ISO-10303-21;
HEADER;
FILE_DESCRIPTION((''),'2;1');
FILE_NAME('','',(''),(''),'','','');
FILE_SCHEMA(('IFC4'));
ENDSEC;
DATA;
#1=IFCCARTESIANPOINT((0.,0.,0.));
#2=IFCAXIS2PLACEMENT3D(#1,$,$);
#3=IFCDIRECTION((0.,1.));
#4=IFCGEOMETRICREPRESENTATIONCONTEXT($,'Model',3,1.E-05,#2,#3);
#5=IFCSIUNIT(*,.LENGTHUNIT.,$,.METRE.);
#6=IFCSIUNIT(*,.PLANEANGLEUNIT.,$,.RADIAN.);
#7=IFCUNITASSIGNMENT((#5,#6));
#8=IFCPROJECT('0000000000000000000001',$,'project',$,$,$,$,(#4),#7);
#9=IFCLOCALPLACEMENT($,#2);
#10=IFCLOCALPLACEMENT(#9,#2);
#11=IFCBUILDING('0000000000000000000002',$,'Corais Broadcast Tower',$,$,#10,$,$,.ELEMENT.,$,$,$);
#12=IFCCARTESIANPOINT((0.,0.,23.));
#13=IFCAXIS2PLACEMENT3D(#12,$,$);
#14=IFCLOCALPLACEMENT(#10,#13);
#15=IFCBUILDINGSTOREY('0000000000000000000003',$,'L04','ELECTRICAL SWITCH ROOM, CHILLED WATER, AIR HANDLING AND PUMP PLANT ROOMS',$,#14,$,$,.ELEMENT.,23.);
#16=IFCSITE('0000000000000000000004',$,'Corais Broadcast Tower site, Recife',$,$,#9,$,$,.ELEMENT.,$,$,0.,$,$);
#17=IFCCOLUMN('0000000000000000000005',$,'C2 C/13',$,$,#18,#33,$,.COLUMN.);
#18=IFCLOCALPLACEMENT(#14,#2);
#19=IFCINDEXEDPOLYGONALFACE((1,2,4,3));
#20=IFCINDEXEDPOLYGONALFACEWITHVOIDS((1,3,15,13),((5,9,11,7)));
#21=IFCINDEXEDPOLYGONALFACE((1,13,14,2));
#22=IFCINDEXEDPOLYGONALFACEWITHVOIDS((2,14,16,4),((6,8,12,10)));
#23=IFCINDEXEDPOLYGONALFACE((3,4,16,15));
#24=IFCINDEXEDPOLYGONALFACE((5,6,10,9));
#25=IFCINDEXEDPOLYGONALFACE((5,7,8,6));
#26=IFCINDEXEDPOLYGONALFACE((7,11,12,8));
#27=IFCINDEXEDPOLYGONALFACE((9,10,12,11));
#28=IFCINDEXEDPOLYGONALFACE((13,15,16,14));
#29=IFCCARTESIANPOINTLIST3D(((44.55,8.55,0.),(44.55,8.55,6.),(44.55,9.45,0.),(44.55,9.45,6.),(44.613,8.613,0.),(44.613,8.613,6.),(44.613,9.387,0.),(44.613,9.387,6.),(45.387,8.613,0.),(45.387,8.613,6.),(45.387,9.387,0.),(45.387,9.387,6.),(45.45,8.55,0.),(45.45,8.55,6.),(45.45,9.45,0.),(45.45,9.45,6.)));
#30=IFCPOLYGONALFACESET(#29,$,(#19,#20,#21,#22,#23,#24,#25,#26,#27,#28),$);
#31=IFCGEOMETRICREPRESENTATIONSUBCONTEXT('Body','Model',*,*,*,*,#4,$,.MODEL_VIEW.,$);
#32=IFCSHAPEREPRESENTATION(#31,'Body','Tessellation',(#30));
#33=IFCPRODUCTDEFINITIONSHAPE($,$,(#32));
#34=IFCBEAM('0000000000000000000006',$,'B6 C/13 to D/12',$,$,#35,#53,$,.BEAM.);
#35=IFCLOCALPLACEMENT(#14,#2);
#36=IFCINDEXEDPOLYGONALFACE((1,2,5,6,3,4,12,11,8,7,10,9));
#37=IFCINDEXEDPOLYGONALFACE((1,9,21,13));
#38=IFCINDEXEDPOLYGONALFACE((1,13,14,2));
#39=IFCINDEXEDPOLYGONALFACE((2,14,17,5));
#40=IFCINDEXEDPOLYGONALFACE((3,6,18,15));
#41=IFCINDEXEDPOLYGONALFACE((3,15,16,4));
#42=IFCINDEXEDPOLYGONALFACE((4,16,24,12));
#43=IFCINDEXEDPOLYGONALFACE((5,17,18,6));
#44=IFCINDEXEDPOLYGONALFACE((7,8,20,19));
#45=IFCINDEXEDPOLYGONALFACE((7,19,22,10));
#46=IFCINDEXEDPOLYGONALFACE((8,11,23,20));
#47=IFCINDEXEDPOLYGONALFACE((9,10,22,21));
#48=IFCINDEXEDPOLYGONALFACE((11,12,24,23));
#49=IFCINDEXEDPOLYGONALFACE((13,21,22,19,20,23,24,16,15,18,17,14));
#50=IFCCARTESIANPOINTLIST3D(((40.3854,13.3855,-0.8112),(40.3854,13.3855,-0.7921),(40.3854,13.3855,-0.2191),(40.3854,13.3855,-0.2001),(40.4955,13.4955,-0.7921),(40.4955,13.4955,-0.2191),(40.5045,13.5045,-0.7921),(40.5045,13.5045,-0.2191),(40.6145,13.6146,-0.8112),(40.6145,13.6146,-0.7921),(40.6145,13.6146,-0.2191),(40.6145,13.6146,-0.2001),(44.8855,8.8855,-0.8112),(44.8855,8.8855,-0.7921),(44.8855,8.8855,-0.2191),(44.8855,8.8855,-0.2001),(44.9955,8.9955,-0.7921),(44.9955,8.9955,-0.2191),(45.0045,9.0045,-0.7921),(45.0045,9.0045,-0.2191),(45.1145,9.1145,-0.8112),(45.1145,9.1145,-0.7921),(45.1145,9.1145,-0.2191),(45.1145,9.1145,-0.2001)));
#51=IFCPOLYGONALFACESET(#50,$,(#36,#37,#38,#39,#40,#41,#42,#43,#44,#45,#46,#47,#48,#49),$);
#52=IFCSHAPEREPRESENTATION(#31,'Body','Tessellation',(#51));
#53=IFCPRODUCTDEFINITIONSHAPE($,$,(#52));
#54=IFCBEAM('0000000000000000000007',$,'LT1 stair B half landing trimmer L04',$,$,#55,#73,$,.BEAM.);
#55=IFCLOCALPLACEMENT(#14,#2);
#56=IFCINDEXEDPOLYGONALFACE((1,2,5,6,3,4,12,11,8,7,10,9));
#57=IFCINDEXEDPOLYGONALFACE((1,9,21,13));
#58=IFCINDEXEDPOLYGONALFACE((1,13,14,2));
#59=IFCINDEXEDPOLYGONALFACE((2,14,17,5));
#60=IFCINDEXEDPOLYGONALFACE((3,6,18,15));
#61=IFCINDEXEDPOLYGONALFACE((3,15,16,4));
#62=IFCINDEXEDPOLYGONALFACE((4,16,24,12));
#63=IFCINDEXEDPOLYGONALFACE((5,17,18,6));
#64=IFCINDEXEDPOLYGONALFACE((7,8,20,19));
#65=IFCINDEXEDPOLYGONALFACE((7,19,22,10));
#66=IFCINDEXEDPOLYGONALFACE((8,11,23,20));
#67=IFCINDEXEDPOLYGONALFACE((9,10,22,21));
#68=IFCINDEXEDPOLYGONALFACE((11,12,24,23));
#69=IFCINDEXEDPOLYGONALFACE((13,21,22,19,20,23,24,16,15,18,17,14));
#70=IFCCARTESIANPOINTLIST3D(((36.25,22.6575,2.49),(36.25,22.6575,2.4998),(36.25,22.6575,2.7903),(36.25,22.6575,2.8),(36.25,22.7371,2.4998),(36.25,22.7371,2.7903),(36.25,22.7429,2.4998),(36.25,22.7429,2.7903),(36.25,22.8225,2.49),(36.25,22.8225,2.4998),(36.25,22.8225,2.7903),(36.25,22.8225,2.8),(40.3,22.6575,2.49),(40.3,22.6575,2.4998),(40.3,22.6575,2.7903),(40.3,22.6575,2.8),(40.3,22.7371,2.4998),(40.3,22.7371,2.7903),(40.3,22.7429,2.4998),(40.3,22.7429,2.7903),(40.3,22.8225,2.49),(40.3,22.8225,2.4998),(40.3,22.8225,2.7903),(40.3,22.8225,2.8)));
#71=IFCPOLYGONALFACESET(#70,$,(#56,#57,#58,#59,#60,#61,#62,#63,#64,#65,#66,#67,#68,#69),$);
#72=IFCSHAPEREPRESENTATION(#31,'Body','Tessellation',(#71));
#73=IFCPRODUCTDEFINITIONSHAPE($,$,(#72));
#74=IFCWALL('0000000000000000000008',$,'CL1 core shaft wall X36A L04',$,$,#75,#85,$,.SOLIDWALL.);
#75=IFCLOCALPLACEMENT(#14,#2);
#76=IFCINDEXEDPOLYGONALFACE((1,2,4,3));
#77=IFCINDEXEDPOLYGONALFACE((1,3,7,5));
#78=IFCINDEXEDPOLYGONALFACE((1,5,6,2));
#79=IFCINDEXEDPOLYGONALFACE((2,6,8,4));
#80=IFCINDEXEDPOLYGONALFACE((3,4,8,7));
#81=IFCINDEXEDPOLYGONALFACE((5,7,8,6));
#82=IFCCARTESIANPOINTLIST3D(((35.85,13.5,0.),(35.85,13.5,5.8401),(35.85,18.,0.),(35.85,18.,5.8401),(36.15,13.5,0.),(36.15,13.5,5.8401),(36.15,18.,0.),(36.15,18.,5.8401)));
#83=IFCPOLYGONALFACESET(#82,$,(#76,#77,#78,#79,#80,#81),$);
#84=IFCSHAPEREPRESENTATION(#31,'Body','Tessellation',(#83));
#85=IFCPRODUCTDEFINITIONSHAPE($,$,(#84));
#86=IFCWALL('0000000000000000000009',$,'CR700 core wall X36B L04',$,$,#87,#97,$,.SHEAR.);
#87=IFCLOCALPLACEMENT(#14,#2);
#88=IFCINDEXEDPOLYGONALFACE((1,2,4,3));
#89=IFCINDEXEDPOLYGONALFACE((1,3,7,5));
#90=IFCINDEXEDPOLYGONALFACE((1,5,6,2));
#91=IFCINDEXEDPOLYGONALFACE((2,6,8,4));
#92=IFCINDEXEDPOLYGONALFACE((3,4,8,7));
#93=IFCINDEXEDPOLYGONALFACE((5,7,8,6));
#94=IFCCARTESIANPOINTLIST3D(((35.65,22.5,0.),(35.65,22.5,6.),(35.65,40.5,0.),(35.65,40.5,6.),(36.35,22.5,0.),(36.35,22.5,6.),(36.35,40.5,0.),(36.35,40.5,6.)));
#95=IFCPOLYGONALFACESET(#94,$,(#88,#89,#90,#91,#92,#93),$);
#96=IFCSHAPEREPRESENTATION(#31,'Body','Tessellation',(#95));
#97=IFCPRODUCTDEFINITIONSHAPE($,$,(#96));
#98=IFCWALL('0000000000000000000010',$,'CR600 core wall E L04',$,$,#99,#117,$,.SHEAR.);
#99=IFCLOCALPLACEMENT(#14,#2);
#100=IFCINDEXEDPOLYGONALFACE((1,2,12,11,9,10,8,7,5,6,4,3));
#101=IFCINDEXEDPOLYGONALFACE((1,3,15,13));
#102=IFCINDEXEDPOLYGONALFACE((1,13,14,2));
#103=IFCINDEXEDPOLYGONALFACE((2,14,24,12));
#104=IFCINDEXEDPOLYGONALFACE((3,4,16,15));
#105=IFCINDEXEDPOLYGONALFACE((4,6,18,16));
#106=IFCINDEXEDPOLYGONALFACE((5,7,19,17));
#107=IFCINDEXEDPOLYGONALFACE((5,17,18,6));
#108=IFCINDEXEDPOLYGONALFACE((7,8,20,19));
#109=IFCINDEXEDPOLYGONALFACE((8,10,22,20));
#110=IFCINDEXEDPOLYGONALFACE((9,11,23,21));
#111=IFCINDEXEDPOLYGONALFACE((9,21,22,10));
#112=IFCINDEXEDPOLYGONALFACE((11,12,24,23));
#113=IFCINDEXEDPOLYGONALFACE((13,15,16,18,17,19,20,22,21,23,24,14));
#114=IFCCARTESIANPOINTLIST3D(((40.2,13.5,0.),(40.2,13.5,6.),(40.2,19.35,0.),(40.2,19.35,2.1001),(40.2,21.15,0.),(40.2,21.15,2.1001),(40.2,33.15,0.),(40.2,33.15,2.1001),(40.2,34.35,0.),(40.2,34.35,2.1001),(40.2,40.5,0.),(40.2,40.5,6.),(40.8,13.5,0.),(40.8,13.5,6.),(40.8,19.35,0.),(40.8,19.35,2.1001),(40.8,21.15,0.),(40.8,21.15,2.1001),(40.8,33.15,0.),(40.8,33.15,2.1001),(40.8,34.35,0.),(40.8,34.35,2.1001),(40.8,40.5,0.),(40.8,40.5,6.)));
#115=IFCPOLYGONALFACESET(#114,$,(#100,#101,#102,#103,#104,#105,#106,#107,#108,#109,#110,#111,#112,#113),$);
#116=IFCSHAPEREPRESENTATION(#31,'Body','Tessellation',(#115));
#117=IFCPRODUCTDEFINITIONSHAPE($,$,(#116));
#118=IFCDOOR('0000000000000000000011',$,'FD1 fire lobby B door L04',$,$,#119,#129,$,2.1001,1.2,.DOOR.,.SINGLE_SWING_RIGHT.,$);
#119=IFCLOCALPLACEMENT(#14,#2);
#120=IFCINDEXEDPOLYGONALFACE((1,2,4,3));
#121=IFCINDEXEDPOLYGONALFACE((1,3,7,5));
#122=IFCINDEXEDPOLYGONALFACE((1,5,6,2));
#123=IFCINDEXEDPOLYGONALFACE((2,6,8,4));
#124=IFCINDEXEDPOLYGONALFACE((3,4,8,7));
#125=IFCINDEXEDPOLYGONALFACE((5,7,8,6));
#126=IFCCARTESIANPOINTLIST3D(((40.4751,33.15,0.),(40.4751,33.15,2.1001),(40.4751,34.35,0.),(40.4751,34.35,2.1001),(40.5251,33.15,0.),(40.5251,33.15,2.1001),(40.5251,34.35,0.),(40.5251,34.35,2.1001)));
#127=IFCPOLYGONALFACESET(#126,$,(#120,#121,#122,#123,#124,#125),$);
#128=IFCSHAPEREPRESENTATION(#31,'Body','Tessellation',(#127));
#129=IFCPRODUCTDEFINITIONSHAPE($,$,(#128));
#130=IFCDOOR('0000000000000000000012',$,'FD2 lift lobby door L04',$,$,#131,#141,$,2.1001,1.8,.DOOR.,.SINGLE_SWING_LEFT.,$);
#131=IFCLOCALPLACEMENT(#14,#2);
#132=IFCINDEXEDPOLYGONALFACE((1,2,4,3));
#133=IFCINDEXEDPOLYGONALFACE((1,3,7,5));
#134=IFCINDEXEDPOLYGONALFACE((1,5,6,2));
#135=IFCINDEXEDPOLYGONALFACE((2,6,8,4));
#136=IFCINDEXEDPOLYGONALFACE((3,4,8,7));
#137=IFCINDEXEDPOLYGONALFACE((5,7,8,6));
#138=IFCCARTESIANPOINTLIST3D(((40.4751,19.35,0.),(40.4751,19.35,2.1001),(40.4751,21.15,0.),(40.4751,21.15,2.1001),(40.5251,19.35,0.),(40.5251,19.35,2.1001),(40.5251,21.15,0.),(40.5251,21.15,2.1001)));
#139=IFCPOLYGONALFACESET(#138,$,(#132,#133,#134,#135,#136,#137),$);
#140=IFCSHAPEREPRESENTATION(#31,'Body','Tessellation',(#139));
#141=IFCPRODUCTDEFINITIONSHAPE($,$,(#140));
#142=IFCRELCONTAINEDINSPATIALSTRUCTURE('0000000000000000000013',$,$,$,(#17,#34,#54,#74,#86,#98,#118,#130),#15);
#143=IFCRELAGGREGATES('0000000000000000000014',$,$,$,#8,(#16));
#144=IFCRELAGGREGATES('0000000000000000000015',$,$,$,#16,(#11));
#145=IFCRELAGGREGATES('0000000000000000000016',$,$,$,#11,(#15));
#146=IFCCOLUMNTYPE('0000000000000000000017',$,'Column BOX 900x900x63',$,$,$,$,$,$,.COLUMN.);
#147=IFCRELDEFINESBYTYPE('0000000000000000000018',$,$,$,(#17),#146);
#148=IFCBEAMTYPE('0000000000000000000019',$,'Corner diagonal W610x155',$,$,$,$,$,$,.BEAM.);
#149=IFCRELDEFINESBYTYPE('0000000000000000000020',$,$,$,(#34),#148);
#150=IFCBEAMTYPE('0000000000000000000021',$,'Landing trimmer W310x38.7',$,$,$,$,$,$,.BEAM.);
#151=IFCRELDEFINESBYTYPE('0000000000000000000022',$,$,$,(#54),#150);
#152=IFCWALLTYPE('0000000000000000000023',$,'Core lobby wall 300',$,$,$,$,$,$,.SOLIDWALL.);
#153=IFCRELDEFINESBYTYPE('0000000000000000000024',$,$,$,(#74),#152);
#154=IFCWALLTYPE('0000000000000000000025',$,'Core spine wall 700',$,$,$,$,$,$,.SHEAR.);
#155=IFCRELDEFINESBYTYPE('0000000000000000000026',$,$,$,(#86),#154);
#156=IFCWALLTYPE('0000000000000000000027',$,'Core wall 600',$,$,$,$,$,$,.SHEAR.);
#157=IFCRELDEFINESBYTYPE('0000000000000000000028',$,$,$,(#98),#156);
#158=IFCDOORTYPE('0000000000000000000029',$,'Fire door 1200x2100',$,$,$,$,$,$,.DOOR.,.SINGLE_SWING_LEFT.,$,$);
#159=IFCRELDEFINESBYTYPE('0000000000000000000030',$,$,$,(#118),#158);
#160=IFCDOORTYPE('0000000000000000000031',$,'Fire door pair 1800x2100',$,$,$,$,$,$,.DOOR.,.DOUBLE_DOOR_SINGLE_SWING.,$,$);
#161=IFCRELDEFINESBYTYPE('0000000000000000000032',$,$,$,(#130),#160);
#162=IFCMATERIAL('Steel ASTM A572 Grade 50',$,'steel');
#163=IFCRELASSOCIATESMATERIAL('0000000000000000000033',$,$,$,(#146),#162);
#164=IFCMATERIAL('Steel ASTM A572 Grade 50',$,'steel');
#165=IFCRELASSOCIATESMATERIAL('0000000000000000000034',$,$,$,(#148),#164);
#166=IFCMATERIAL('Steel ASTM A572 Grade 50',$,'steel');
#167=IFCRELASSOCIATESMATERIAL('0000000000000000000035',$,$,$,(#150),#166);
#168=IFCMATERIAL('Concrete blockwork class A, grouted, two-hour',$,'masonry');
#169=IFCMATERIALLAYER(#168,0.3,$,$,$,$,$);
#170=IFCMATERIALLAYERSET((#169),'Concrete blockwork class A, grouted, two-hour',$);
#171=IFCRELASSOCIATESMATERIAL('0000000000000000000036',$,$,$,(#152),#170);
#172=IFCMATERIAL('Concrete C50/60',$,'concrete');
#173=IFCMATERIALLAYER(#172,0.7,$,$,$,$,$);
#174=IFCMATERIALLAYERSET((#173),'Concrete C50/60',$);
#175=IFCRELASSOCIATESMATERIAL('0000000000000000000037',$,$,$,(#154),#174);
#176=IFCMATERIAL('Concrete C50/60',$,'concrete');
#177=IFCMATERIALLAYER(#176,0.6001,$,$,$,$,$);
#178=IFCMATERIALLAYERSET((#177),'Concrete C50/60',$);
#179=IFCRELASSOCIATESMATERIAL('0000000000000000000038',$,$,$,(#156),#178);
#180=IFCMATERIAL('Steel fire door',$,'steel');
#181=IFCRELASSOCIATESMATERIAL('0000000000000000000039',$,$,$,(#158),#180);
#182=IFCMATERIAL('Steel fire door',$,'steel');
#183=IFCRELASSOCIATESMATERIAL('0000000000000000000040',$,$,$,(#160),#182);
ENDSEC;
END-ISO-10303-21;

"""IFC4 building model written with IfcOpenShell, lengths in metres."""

from ifc_helpers import new_model, si_unit, direction, frame, frame_2d, origin, origin_2d, place, context, subcontext, project, spatial, rectangle, hollow_rectangle, i_section, extrude, material, layer, layer_set, material_profile, profile_set, type_object, element, fill, save


model = new_model("IFC4")

# Units and contexts
model_context = context("Model", 3, precision=1e-05, world=origin(), true_north=direction((0.0, 1.0)))
body_context = subcontext(model_context, "Body", "Model", "MODEL_VIEW")
ifc_project = project(units=[si_unit("LENGTHUNIT", "METRE"), si_unit("PLANEANGLEUNIT", "RADIAN")], contexts=[model_context])

# Site, building, storey
site_placement = place(None, origin())
site = spatial("IfcSite", under=ifc_project, at=site_placement, Name="Corais Broadcast Tower site, Recife", CompositionType="ELEMENT", RefElevation=0.0)
building_placement = place(site_placement, origin())
building = spatial("IfcBuilding", under=site, at=building_placement, Name="Corais Broadcast Tower", CompositionType="ELEMENT")
storey_placement = place(building_placement, frame((0.0, 0.0, 23.0)))
storey = spatial("IfcBuildingStorey", under=building, at=storey_placement, Name="L04", Description="ELECTRICAL SWITCH ROOM, CHILLED WATER, AIR HANDLING AND PUMP PLANT ROOMS", CompositionType="ELEMENT", Elevation=23.0)

# Column
ifc_material_1 = material(Name="Steel ASTM A572 Grade 50", Category="steel")
ifc_material_profile_1 = material_profile(ifc_material_1, hollow_rectangle(XDim=0.8999, YDim=0.8999, WallThickness=0.063, at=origin_2d()), Name="BOX 900x900x63")
ifc_profile_set_1 = profile_set([ifc_material_profile_1], Name="Steel ASTM A572 Grade 50")
column_type = type_object("IfcColumnType", Name="Column BOX 900x900x63", PredefinedType="COLUMN", material=ifc_profile_set_1)
column_placement = place(storey_placement, frame((45.0, 9.0, 0.0), z_axis=(0.0, 0.0, 1.0), x_axis=(1.0, 0.0, 0.0)))
element("IfcColumn", 1, at=column_placement, inside=storey, type_object=column_type, Name="C2 C/13", PredefinedType="COLUMN", context=body_context, shape_type="SweptSolid", body=[
    extrude(hollow_rectangle(XDim=0.8999, YDim=0.8999, WallThickness=0.063, at=origin_2d()), origin(), (0.0, 0.0, 1.0), 6.0),
])

# Beams
ifc_material_2 = material(Name="Steel ASTM A572 Grade 50", Category="steel")
ifc_material_profile_2 = material_profile(ifc_material_2, i_section(OverallWidth=0.324, OverallDepth=0.6111, WebThickness=0.0127, FlangeThickness=0.019, at=origin_2d()), Name="W610x155")
ifc_profile_set_2 = profile_set([ifc_material_profile_2], Name="Steel ASTM A572 Grade 50")
beam_type_1 = type_object("IfcBeamType", Name="Corner diagonal W610x155", PredefinedType="BEAM", material=ifc_profile_set_2)
beam_1_placement = place(storey_placement, frame((45.0, 9.0, -0.5056), z_axis=(-0.707107, 0.707107, 0.0), x_axis=(-0.707107, -0.707107, 0.0)))
element("IfcBeam", 2, at=beam_1_placement, inside=storey, type_object=beam_type_1, Name="B6 C/13 to D/12", PredefinedType="BEAM", context=body_context, shape_type="SweptSolid", body=[
    extrude(i_section(OverallWidth=0.324, OverallDepth=0.6111, WebThickness=0.0127, FlangeThickness=0.019, at=origin_2d()), origin(), (0.0, 0.0, 1.0), 6.364),
])
ifc_material_3 = material(Name="Steel ASTM A572 Grade 50", Category="steel")
ifc_material_profile_3 = material_profile(ifc_material_3, i_section(OverallWidth=0.165, OverallDepth=0.3101, WebThickness=0.0059, FlangeThickness=0.0098, at=origin_2d()), Name="W310x38.7")
ifc_profile_set_3 = profile_set([ifc_material_profile_3], Name="Steel ASTM A572 Grade 50")
beam_type_2 = type_object("IfcBeamType", Name="Landing trimmer W310x38.7", PredefinedType="BEAM", material=ifc_profile_set_3)
beam_2_placement = place(storey_placement, frame((36.25, 22.74, 2.645), z_axis=(1.0, 0.0, 0.0), x_axis=(0.0, 1.0, 0.0)))
element("IfcBeam", 3, at=beam_2_placement, inside=storey, type_object=beam_type_2, Name="LT1 stair B half landing trimmer L04", PredefinedType="BEAM", context=body_context, shape_type="SweptSolid", body=[
    extrude(i_section(OverallWidth=0.165, OverallDepth=0.3101, WebThickness=0.0059, FlangeThickness=0.0098, at=origin_2d()), origin(), (0.0, 0.0, 1.0), 4.05),
])

# Walls
ifc_material_4 = material(Name="Concrete blockwork class A, grouted, two-hour", Category="masonry")
ifc_layer_1 = layer(ifc_material_4, 0.3)
ifc_layer_set_1 = layer_set([ifc_layer_1], Name="Concrete blockwork class A, grouted, two-hour")
wall_type_1 = type_object("IfcWallType", Name="Core lobby wall 300", PredefinedType="SOLIDWALL", material=ifc_layer_set_1)
wall_1_placement = place(storey_placement, frame((36.0, 13.5, 0.0), z_axis=(0.0, 0.0, 1.0), x_axis=(0.0, 1.0, 0.0)))
element("IfcWall", 4, at=wall_1_placement, inside=storey, type_object=wall_type_1, Name="CL1 core shaft wall X36A L04", PredefinedType="SOLIDWALL", context=body_context, shape_type="SweptSolid", body=[
    extrude(rectangle(XDim=4.5, YDim=0.3, at=frame_2d((2.25, 0.0))), origin(), (0.0, 0.0, 1.0), 5.8401),
])
ifc_material_5 = material(Name="Concrete C50/60", Category="concrete")
ifc_layer_2 = layer(ifc_material_5, 0.7)
ifc_layer_set_2 = layer_set([ifc_layer_2], Name="Concrete C50/60")
wall_type_2 = type_object("IfcWallType", Name="Core spine wall 700", PredefinedType="SHEAR", material=ifc_layer_set_2)
wall_2_placement = place(storey_placement, frame((36.0, 22.5, 0.0), z_axis=(0.0, 0.0, 1.0), x_axis=(0.0, 1.0, 0.0)))
element("IfcWall", 5, at=wall_2_placement, inside=storey, type_object=wall_type_2, Name="CR700 core wall X36B L04", PredefinedType="SHEAR", context=body_context, shape_type="SweptSolid", body=[
    extrude(rectangle(XDim=18.0, YDim=0.7, at=frame_2d((9.0, 0.0))), origin(), (0.0, 0.0, 1.0), 6.0),
])

# Wall, openings, doors
ifc_material_6 = material(Name="Concrete C50/60", Category="concrete")
ifc_layer_3 = layer(ifc_material_6, 0.6001)
ifc_layer_set_3 = layer_set([ifc_layer_3], Name="Concrete C50/60")
wall_type_3 = type_object("IfcWallType", Name="Core wall 600", PredefinedType="SHEAR", material=ifc_layer_set_3)
wall_3_placement = place(storey_placement, frame((40.5, 13.5, 0.0), z_axis=(0.0, 0.0, 1.0), x_axis=(0.0, 1.0, 0.0)))
wall_3 = element("IfcWall", 6, at=wall_3_placement, inside=storey, type_object=wall_type_3, Name="CR600 core wall E L04", PredefinedType="SHEAR", context=body_context, shape_type="SweptSolid", body=[
    extrude(rectangle(XDim=27.0, YDim=0.6001, at=frame_2d((13.5, 0.0))), origin(), (0.0, 0.0, 1.0), 6.0),
])
opening_1_placement = place(wall_3_placement, frame((5.8501, 0.0, 0.0)))
opening_1 = element("IfcOpeningElement", 7, at=opening_1_placement, cuts=wall_3, PredefinedType="OPENING", context=body_context, shape_type="SweptSolid", body=[
    extrude(rectangle(XDim=1.8, YDim=2.1001, at=frame_2d((0.8999, 1.05))), frame((0.0, 0.3101, 0.0), z_axis=(0.0, -1.0, 0.0), x_axis=(1.0, 0.0, 0.0)), (0.0, 0.0, 1.0), 0.6201),
])
opening_2_placement = place(wall_3_placement, frame((19.6499, 0.0, 0.0)))
opening_2 = element("IfcOpeningElement", 8, at=opening_2_placement, cuts=wall_3, PredefinedType="OPENING", context=body_context, shape_type="SweptSolid", body=[
    extrude(rectangle(XDim=1.2, YDim=2.1001, at=frame_2d((0.6001, 1.05))), frame((0.0, 0.3101, 0.0), z_axis=(0.0, -1.0, 0.0), x_axis=(1.0, 0.0, 0.0)), (0.0, 0.0, 1.0), 0.6201),
])
ifc_material_7 = material(Name="Steel fire door", Category="steel")
door_type_1 = type_object("IfcDoorType", Name="Fire door 1200x2100", OperationType="SINGLE_SWING_LEFT", PredefinedType="DOOR", material=ifc_material_7)
door_1_placement = place(opening_2_placement, origin())
door_1 = element("IfcDoor", 9, at=door_1_placement, inside=storey, type_object=door_type_1, Name="FD1 fire lobby B door L04", OperationType="SINGLE_SWING_RIGHT", OverallHeight=2.1001, OverallWidth=1.2, PredefinedType="DOOR", context=body_context, shape_type="SweptSolid", body=[
    extrude(rectangle(XDim=1.2, YDim=2.1001, at=frame_2d((0.6001, 1.05))), frame((0.0, 0.0249, 0.0), z_axis=(0.0, -1.0, 0.0), x_axis=(1.0, 0.0, 0.0)), (0.0, 0.0, 1.0), 0.05),
])
fill(opening_2, door_1)
ifc_material_8 = material(Name="Steel fire door", Category="steel")
door_type_2 = type_object("IfcDoorType", Name="Fire door pair 1800x2100", OperationType="DOUBLE_DOOR_SINGLE_SWING", PredefinedType="DOOR", material=ifc_material_8)
door_2_placement = place(opening_1_placement, origin())
door_2 = element("IfcDoor", 10, at=door_2_placement, inside=storey, type_object=door_type_2, Name="FD2 lift lobby door L04", OperationType="SINGLE_SWING_LEFT", OverallHeight=2.1001, OverallWidth=1.8, PredefinedType="DOOR", context=body_context, shape_type="SweptSolid", body=[
    extrude(rectangle(XDim=1.8, YDim=2.1001, at=frame_2d((0.8999, 1.05))), frame((0.0, 0.0249, 0.0), z_axis=(0.0, -1.0, 0.0), x_axis=(1.0, 0.0, 0.0)), (0.0, 0.0, 1.0), 0.05),
])
fill(opening_1, door_2)

save(model, "model.ifc")
